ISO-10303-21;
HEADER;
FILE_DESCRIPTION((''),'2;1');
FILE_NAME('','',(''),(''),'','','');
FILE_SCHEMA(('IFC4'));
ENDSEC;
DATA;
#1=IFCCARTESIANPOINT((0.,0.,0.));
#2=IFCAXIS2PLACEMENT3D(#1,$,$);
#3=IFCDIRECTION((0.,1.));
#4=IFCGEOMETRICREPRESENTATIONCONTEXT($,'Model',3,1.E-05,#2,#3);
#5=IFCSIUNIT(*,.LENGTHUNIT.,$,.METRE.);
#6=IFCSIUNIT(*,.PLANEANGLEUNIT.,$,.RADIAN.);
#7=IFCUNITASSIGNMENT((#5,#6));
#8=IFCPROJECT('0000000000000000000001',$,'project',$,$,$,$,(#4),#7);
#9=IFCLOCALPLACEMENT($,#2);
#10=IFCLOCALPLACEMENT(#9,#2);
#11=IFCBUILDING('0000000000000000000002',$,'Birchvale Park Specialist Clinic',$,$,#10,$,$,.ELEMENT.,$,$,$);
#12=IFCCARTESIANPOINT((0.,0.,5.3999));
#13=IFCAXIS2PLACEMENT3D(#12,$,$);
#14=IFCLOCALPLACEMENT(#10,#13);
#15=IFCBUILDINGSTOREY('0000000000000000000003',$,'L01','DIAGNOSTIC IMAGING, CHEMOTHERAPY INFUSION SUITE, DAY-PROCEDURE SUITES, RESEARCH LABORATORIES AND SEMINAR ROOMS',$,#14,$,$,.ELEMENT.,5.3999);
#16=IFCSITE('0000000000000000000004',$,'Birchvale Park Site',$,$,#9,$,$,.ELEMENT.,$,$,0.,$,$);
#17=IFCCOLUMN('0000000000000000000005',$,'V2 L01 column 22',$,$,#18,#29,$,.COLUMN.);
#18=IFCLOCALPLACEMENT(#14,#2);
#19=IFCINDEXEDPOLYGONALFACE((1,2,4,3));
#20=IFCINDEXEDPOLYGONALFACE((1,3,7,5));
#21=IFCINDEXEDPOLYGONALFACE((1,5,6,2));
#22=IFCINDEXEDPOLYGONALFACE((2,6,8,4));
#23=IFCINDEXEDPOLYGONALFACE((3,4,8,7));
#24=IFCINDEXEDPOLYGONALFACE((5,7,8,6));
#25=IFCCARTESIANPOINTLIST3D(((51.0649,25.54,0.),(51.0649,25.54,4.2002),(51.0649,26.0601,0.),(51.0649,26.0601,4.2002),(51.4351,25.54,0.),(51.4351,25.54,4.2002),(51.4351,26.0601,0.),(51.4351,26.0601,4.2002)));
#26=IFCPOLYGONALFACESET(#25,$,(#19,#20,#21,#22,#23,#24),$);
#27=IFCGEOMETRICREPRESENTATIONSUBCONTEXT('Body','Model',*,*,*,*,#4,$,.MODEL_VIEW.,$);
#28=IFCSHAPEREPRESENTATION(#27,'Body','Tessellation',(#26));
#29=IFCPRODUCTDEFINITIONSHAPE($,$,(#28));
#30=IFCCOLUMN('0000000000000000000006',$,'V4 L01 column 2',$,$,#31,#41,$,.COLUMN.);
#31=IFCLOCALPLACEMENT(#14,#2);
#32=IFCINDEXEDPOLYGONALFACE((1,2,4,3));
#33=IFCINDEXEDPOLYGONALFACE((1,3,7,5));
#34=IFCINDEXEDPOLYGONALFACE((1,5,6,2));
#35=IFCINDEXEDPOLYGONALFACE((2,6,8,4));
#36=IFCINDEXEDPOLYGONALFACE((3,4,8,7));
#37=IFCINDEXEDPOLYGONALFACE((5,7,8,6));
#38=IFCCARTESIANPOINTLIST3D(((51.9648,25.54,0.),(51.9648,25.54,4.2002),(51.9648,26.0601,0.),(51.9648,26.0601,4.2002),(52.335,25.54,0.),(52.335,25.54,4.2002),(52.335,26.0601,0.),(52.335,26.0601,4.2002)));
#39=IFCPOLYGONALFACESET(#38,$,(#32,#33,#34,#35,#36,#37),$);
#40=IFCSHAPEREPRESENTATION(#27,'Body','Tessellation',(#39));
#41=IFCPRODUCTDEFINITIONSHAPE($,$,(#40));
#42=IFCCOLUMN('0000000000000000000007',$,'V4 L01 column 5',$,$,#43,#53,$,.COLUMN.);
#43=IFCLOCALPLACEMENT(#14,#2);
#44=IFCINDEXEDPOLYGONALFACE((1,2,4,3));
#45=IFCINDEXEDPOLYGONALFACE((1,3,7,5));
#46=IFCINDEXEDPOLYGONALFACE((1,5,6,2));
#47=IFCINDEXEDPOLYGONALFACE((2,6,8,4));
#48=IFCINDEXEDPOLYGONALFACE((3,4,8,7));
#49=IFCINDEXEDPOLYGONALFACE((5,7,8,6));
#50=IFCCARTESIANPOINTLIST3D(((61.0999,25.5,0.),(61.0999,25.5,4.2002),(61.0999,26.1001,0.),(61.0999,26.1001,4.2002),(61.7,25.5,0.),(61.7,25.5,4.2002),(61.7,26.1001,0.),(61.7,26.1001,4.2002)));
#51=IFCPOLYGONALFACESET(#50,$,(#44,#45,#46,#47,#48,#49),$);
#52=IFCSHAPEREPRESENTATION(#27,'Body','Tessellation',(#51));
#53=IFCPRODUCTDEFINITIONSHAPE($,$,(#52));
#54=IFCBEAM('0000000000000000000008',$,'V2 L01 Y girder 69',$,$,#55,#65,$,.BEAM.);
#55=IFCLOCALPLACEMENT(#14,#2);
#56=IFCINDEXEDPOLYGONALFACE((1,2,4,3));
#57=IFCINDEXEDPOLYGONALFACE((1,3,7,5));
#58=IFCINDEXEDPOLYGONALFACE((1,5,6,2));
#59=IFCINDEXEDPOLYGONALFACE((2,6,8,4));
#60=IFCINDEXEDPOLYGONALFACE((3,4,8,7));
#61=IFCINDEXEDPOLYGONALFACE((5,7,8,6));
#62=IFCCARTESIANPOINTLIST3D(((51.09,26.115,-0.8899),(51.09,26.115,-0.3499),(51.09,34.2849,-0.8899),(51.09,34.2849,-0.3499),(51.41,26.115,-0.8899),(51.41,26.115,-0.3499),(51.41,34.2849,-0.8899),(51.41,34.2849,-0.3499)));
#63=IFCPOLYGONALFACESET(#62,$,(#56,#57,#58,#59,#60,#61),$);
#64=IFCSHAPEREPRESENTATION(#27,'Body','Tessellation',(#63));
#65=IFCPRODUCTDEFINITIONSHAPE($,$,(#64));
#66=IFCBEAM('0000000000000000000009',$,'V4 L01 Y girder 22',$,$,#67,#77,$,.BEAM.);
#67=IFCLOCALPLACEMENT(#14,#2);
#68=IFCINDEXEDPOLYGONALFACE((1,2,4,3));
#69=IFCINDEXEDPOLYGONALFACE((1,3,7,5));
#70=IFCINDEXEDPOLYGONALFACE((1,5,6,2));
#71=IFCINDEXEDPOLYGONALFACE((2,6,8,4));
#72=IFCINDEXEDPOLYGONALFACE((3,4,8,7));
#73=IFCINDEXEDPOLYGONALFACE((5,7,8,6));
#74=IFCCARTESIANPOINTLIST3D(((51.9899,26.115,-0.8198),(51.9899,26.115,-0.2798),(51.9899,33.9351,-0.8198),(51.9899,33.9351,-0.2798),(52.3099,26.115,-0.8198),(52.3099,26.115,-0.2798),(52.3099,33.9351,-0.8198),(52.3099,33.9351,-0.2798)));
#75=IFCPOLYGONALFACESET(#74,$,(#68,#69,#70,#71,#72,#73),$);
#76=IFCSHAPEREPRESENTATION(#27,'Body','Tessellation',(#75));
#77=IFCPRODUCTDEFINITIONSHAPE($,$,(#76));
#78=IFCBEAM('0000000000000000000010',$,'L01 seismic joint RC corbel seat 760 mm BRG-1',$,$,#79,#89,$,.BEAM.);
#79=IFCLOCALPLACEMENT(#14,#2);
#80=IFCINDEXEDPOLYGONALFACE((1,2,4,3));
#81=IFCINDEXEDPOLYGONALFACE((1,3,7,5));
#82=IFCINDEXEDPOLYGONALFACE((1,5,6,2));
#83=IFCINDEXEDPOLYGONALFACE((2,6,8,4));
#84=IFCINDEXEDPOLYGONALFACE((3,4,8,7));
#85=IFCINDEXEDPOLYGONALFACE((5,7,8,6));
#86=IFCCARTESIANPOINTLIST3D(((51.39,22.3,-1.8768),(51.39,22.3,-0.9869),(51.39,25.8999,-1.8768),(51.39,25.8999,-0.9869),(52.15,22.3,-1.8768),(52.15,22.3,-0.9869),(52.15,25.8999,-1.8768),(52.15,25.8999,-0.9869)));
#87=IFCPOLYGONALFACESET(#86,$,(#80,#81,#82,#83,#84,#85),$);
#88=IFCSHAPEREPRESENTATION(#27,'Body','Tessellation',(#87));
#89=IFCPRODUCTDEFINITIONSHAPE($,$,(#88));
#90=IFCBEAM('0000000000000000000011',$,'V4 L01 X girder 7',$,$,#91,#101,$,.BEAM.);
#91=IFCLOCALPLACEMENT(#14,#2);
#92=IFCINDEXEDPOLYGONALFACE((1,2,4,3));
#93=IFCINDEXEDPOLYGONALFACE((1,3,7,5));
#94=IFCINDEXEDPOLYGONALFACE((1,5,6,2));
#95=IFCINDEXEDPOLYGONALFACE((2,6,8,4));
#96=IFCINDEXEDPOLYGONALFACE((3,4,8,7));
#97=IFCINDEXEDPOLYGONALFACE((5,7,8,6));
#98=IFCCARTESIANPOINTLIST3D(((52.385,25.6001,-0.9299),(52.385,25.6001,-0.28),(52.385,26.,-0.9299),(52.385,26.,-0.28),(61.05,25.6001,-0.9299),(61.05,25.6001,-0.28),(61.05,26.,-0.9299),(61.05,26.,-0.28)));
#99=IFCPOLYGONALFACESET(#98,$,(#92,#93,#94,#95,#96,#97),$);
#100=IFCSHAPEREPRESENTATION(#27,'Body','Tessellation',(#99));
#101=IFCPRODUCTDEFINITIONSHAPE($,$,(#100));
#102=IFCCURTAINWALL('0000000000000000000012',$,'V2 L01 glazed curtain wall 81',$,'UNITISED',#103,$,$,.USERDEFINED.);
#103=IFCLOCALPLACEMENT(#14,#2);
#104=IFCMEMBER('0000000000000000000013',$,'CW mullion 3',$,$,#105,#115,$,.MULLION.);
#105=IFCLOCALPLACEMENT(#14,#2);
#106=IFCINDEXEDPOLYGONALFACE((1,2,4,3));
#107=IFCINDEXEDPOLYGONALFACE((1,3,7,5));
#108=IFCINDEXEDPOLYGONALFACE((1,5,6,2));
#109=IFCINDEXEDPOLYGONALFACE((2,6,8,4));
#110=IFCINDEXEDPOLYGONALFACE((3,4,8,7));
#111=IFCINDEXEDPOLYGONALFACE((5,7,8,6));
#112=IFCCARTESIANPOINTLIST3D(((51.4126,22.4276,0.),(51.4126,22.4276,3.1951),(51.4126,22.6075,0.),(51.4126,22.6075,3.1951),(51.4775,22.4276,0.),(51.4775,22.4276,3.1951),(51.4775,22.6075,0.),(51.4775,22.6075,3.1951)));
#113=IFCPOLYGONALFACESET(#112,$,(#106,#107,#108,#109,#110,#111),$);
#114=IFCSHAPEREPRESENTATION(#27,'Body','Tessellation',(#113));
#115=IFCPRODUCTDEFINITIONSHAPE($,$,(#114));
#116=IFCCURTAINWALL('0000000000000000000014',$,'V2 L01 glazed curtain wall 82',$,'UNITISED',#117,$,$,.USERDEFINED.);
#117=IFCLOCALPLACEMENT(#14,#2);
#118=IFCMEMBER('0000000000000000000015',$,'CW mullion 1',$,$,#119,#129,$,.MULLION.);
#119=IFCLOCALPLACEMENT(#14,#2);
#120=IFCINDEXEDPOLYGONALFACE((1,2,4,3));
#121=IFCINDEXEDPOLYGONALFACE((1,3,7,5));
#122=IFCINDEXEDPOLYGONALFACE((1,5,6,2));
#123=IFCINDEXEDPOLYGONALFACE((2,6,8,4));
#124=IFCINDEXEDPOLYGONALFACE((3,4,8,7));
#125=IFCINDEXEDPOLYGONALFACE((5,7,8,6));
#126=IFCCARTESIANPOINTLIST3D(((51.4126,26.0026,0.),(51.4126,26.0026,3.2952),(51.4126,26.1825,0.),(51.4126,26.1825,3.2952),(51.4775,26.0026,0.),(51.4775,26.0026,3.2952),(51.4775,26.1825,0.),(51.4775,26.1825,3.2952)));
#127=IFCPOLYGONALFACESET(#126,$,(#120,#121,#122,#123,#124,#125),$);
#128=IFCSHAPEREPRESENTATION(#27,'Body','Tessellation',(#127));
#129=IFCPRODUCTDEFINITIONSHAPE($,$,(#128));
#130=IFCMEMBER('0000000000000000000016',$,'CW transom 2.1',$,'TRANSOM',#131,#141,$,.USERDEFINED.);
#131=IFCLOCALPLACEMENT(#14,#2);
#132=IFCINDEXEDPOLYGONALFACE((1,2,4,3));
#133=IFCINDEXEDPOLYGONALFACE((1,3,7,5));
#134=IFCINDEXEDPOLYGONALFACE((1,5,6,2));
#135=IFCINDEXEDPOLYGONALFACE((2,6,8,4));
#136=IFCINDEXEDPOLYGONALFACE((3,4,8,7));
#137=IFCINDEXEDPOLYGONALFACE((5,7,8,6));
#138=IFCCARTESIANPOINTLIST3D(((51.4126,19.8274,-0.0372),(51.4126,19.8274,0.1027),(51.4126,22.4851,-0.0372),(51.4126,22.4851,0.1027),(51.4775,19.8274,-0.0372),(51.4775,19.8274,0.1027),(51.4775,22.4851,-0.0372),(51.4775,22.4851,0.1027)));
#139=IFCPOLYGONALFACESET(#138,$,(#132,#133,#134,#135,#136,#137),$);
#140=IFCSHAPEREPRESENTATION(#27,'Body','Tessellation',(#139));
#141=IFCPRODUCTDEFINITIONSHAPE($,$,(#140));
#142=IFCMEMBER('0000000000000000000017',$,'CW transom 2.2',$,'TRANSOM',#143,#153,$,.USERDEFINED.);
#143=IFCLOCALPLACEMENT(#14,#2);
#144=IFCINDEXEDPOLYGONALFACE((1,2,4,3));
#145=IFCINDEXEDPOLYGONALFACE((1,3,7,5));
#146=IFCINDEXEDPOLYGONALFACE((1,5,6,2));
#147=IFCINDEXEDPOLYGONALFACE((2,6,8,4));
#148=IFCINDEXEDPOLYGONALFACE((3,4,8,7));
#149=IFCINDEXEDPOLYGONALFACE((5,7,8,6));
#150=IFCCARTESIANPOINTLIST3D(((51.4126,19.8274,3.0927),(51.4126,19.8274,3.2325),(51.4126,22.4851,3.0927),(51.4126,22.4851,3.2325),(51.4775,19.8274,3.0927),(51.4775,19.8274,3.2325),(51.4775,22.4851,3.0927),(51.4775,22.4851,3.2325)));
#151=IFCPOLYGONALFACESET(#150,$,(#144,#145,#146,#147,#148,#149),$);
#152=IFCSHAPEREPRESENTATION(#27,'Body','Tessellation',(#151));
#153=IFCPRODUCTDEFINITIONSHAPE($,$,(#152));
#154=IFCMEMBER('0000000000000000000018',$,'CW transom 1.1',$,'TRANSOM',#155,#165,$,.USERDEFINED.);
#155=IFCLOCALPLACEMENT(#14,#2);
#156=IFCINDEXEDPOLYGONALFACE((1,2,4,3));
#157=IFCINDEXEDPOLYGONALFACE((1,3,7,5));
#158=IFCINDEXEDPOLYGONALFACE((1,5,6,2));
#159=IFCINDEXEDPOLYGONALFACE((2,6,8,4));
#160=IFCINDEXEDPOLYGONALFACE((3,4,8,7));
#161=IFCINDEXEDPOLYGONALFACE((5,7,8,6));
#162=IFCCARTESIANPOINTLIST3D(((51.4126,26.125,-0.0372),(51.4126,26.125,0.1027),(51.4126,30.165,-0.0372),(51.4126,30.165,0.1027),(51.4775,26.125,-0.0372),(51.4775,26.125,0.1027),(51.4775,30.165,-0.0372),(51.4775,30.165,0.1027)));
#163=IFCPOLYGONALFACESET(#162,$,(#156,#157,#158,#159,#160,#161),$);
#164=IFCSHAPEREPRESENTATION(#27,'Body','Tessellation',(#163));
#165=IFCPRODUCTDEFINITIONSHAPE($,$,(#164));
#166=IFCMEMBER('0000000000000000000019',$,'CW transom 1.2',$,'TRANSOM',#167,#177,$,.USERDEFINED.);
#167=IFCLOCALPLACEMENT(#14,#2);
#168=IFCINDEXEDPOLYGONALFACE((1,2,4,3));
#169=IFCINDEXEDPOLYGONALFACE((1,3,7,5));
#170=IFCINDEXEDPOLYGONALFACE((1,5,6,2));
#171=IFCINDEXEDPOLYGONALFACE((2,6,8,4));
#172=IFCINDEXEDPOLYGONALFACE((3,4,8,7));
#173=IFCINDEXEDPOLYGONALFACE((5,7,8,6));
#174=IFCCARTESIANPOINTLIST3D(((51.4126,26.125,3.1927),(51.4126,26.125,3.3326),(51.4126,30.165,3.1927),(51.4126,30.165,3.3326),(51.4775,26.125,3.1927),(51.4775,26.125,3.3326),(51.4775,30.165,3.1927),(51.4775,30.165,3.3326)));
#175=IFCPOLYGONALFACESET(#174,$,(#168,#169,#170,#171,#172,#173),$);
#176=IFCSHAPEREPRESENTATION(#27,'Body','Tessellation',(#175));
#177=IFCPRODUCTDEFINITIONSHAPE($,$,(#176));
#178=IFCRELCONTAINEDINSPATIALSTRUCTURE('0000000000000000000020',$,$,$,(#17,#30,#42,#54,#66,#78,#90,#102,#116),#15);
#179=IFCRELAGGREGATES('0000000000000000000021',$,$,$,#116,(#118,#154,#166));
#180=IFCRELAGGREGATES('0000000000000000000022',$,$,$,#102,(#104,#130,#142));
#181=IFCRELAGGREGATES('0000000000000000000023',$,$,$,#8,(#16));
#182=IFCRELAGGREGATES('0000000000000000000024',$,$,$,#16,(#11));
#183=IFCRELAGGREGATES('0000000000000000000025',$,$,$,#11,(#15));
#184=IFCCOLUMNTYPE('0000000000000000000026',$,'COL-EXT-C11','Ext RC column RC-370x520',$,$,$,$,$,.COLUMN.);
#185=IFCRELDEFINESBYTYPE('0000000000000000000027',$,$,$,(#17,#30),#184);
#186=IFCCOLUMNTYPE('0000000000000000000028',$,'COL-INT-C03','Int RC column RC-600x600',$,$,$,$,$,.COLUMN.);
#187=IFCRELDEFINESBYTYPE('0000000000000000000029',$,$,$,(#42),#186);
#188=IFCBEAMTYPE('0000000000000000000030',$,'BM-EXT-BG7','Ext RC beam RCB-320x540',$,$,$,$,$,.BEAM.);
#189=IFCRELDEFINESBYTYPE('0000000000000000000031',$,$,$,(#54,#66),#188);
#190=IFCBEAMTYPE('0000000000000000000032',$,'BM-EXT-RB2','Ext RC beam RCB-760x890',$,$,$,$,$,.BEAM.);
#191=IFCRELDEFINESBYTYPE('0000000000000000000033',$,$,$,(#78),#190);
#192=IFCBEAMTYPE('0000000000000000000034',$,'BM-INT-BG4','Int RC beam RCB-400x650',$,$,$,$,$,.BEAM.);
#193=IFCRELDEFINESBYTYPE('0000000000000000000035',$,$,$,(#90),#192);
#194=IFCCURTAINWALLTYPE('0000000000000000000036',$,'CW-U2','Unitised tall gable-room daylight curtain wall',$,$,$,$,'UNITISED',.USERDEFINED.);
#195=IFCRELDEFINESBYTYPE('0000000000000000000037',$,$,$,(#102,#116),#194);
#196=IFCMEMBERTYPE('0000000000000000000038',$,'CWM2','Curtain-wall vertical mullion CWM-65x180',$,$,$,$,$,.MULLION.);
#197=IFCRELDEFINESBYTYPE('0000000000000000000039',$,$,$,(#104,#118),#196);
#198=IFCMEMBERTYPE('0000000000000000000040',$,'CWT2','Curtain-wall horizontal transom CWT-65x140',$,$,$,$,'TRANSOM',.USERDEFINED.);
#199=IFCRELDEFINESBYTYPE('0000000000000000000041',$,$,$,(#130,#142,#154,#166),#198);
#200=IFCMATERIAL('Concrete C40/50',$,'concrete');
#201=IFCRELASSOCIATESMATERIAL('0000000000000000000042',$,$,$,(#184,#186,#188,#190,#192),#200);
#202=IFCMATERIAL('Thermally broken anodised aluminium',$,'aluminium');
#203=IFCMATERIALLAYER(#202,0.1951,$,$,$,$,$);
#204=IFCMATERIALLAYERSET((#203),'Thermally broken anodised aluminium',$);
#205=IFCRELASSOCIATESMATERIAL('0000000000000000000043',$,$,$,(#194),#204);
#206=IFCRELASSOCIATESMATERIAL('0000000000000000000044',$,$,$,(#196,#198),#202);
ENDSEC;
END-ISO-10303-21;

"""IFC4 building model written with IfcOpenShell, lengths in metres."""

from ifc_helpers import new_model, si_unit, direction, frame, origin, origin_2d, place, context, subcontext, project, spatial, rectangle, extrude, material, layer, layer_set, material_profile, profile_set, type_object, element, aggregate, save


model = new_model("IFC4")

# Units and contexts
model_context = context("Model", 3, precision=1e-05, world=origin(), true_north=direction((0.0, 1.0)))
body_context = subcontext(model_context, "Body", "Model", "MODEL_VIEW")
ifc_project = project(units=[si_unit("LENGTHUNIT", "METRE"), si_unit("PLANEANGLEUNIT", "RADIAN")], contexts=[model_context])

# Site, building, storey
site_placement = place(None, origin())
site = spatial("IfcSite", under=ifc_project, at=site_placement, Name="Birchvale Park Site", CompositionType="ELEMENT", RefElevation=0.0)
building_placement = place(site_placement, origin())
building = spatial("IfcBuilding", under=site, at=building_placement, Name="Birchvale Park Specialist Clinic", CompositionType="ELEMENT")
storey_placement = place(building_placement, frame((0.0, 0.0, 5.3999)))
storey = spatial("IfcBuildingStorey", under=building, at=storey_placement, Name="L01", Description="DIAGNOSTIC IMAGING, CHEMOTHERAPY INFUSION SUITE, DAY-PROCEDURE SUITES, RESEARCH LABORATORIES AND SEMINAR ROOMS", CompositionType="ELEMENT", Elevation=5.3999)

# Columns
ifc_material_1 = material(Name="Concrete C40/50", Category="concrete")
ifc_material_profile_1 = material_profile(ifc_material_1, rectangle(XDim=0.3701, YDim=0.52, at=origin_2d()), Name="RC-370x520")
ifc_profile_set_1 = profile_set([ifc_material_profile_1], Name="Concrete C40/50")
column_type_1 = type_object("IfcColumnType", Name="COL-EXT-C11", Description="Ext RC column RC-370x520", PredefinedType="COLUMN", material=ifc_profile_set_1)
for number, where, z_axis, x_axis, name in (
    (1, (51.25, 25.8, 0.0), (0.0, 0.0, 1.0), (1.0, 0.0, 0.0), "V2 L01 column 22"),
    (2, (52.1499, 25.8, 0.0), (0.0, 0.0, 1.0), (1.0, 0.0, 0.0), "V4 L01 column 2"),
):
    element("IfcColumn", number, at=place(storey_placement, frame(where, z_axis=z_axis, x_axis=x_axis)), inside=storey, type_object=column_type_1, Name=name, PredefinedType="COLUMN", context=body_context, shape_type="SweptSolid", body=[
        extrude(rectangle(XDim=0.3701, YDim=0.52, at=origin_2d()), origin(), (0.0, 0.0, 1.0), 4.2002),
    ])
ifc_material_profile_2 = material_profile(ifc_material_1, rectangle(XDim=0.6001, YDim=0.6001, at=origin_2d()), Name="RC-600x600")
ifc_profile_set_2 = profile_set([ifc_material_profile_2], Name="Concrete C40/50")
column_type_2 = type_object("IfcColumnType", Name="COL-INT-C03", Description="Int RC column RC-600x600", PredefinedType="COLUMN", material=ifc_profile_set_2)
column_placement = place(storey_placement, frame((61.3999, 25.8, 0.0), z_axis=(0.0, 0.0, 1.0), x_axis=(1.0, 0.0, 0.0)))
element("IfcColumn", 3, at=column_placement, inside=storey, type_object=column_type_2, Name="V4 L01 column 5", PredefinedType="COLUMN", context=body_context, shape_type="SweptSolid", body=[
    extrude(rectangle(XDim=0.6001, YDim=0.6001, at=origin_2d()), origin(), (0.0, 0.0, 1.0), 4.2002),
])

# Beams
ifc_material_profile_3 = material_profile(ifc_material_1, rectangle(XDim=0.3201, YDim=0.54, at=origin_2d()), Name="RCB-320x540")
ifc_profile_set_3 = profile_set([ifc_material_profile_3], Name="Concrete C40/50")
beam_type_1 = type_object("IfcBeamType", Name="BM-EXT-BG7", Description="Ext RC beam RCB-320x540", PredefinedType="BEAM", material=ifc_profile_set_3)
beam_1_placement = place(storey_placement, frame((51.25, 26.115, -0.6199), z_axis=(0.0, 1.0, 0.0), x_axis=(-1.0, 0.0, 0.0)))
element("IfcBeam", 4, at=beam_1_placement, inside=storey, type_object=beam_type_1, Name="V2 L01 Y girder 69", PredefinedType="BEAM", context=body_context, shape_type="SweptSolid", body=[
    extrude(rectangle(XDim=0.3201, YDim=0.54, at=origin_2d()), origin(), (0.0, 0.0, 1.0), 8.1699),
])
beam_2_placement = place(storey_placement, frame((52.1499, 26.115, -0.5498), z_axis=(0.0, 1.0, 0.0), x_axis=(-1.0, 0.0, 0.0)))
element("IfcBeam", 5, at=beam_2_placement, inside=storey, type_object=beam_type_1, Name="V4 L01 Y girder 22", PredefinedType="BEAM", context=body_context, shape_type="SweptSolid", body=[
    extrude(rectangle(XDim=0.3201, YDim=0.54, at=origin_2d()), origin(), (0.0, 0.0, 1.0), 7.8201),
])
ifc_material_profile_4 = material_profile(ifc_material_1, rectangle(XDim=0.76, YDim=0.8899, at=origin_2d()), Name="RCB-760x890")
ifc_profile_set_4 = profile_set([ifc_material_profile_4], Name="Concrete C40/50")
beam_type_2 = type_object("IfcBeamType", Name="BM-EXT-RB2", Description="Ext RC beam RCB-760x890", PredefinedType="BEAM", material=ifc_profile_set_4)
beam_3_placement = place(storey_placement, frame((51.77, 22.3, -1.4319), z_axis=(0.0, 1.0, 0.0), x_axis=(-1.0, 0.0, 0.0)))
element("IfcBeam", 6, at=beam_3_placement, inside=storey, type_object=beam_type_2, Name="L01 seismic joint RC corbel seat 760 mm BRG-1", PredefinedType="BEAM", context=body_context, shape_type="SweptSolid", body=[
    extrude(rectangle(XDim=0.76, YDim=0.8899, at=origin_2d()), origin(), (0.0, 0.0, 1.0), 3.5999),
])
ifc_material_profile_5 = material_profile(ifc_material_1, rectangle(XDim=0.3999, YDim=0.6499, at=origin_2d()), Name="RCB-400x650")
ifc_profile_set_5 = profile_set([ifc_material_profile_5], Name="Concrete C40/50")
beam_type_3 = type_object("IfcBeamType", Name="BM-INT-BG4", Description="Int RC beam RCB-400x650", PredefinedType="BEAM", material=ifc_profile_set_5)
beam_4_placement = place(storey_placement, frame((52.385, 25.8, -0.605), z_axis=(1.0, 0.0, 0.0), x_axis=(0.0, 1.0, 0.0)))
element("IfcBeam", 7, at=beam_4_placement, inside=storey, type_object=beam_type_3, Name="V4 L01 X girder 7", PredefinedType="BEAM", context=body_context, shape_type="SweptSolid", body=[
    extrude(rectangle(XDim=0.3999, YDim=0.6499, at=origin_2d()), origin(), (0.0, 0.0, 1.0), 8.665),
])

# Curtain walls, members
ifc_material_2 = material(Name="Thermally broken anodised aluminium", Category="aluminium")
ifc_layer_1 = layer(ifc_material_2, 0.1951)
ifc_layer_set_1 = layer_set([ifc_layer_1], Name="Thermally broken anodised aluminium")
curtain_wall_type = type_object("IfcCurtainWallType", Name="CW-U2", Description="Unitised tall gable-room daylight curtain wall", ElementType="UNITISED", PredefinedType="USERDEFINED", material=ifc_layer_set_1)
curtain_wall_1_placement = place(storey_placement, origin())
curtain_wall_1 = element("IfcCurtainWall", 8, at=curtain_wall_1_placement, inside=storey, type_object=curtain_wall_type, Name="V2 L01 glazed curtain wall 81", ObjectType="UNITISED", PredefinedType="USERDEFINED")
ifc_material_profile_6 = material_profile(ifc_material_2, rectangle(XDim=0.0649, YDim=0.1799, at=origin_2d()), Name="CWM-65x180")
ifc_profile_set_6 = profile_set([ifc_material_profile_6], Name="Thermally broken anodised aluminium")
member_type_1 = type_object("IfcMemberType", Name="CWM2", Description="Curtain-wall vertical mullion CWM-65x180", PredefinedType="MULLION", material=ifc_profile_set_6)
member_1_placement = place(storey_placement, frame((51.4451, 22.5176, 0.0), z_axis=(0.0, 0.0, 1.0), x_axis=(-1.0, 0.0, 0.0)))
member_1 = element("IfcMember", 9, at=member_1_placement, type_object=member_type_1, Name="CW mullion 3", PredefinedType="MULLION", context=body_context, shape_type="SweptSolid", body=[
    extrude(rectangle(XDim=0.0649, YDim=0.1799, at=origin_2d()), origin(), (0.0, 0.0, 1.0), 3.1951),
])
curtain_wall_2_placement = place(storey_placement, origin())
curtain_wall_2 = element("IfcCurtainWall", 10, at=curtain_wall_2_placement, inside=storey, type_object=curtain_wall_type, Name="V2 L01 glazed curtain wall 82", ObjectType="UNITISED", PredefinedType="USERDEFINED")
member_2_placement = place(storey_placement, frame((51.4451, 26.0925, 0.0), z_axis=(0.0, 0.0, 1.0), x_axis=(-1.0, 0.0, 0.0)))
member_2 = element("IfcMember", 11, at=member_2_placement, type_object=member_type_1, Name="CW mullion 1", PredefinedType="MULLION", context=body_context, shape_type="SweptSolid", body=[
    extrude(rectangle(XDim=0.0649, YDim=0.1799, at=origin_2d()), origin(), (0.0, 0.0, 1.0), 3.2952),
])

# Members
ifc_material_profile_7 = material_profile(ifc_material_2, rectangle(XDim=0.0649, YDim=0.1399, at=origin_2d()), Name="CWT-65x140")
ifc_profile_set_7 = profile_set([ifc_material_profile_7], Name="Thermally broken anodised aluminium")
member_type_2 = type_object("IfcMemberType", Name="CWT2", Description="Curtain-wall horizontal transom CWT-65x140", ElementType="TRANSOM", PredefinedType="USERDEFINED", material=ifc_profile_set_7)
member_3_placement = place(storey_placement, frame((51.4451, 19.8274, 0.0327), z_axis=(0.0, 1.0, 0.0), x_axis=(-1.0, 0.0, 0.0)))
member_3 = element("IfcMember", 12, at=member_3_placement, type_object=member_type_2, Name="CW transom 2.1", ObjectType="TRANSOM", PredefinedType="USERDEFINED", context=body_context, shape_type="SweptSolid", body=[
    extrude(rectangle(XDim=0.0649, YDim=0.1399, at=origin_2d()), origin(), (0.0, 0.0, 1.0), 2.6577),
])
member_4_placement = place(storey_placement, frame((51.4451, 19.8274, 3.1626), z_axis=(0.0, 1.0, 0.0), x_axis=(-1.0, 0.0, 0.0)))
member_4 = element("IfcMember", 13, at=member_4_placement, type_object=member_type_2, Name="CW transom 2.2", ObjectType="TRANSOM", PredefinedType="USERDEFINED", context=body_context, shape_type="SweptSolid", body=[
    extrude(rectangle(XDim=0.0649, YDim=0.1399, at=origin_2d()), origin(), (0.0, 0.0, 1.0), 2.6577),
])
member_5_placement = place(storey_placement, frame((51.4451, 26.125, 0.0327), z_axis=(0.0, 1.0, 0.0), x_axis=(-1.0, 0.0, 0.0)))
member_5 = element("IfcMember", 14, at=member_5_placement, type_object=member_type_2, Name="CW transom 1.1", ObjectType="TRANSOM", PredefinedType="USERDEFINED", context=body_context, shape_type="SweptSolid", body=[
    extrude(rectangle(XDim=0.0649, YDim=0.1399, at=origin_2d()), origin(), (0.0, 0.0, 1.0), 4.04),
])
member_6_placement = place(storey_placement, frame((51.4451, 26.125, 3.2627), z_axis=(0.0, 1.0, 0.0), x_axis=(-1.0, 0.0, 0.0)))
member_6 = element("IfcMember", 15, at=member_6_placement, type_object=member_type_2, Name="CW transom 1.2", ObjectType="TRANSOM", PredefinedType="USERDEFINED", context=body_context, shape_type="SweptSolid", body=[
    extrude(rectangle(XDim=0.0649, YDim=0.1399, at=origin_2d()), origin(), (0.0, 0.0, 1.0), 4.04),
])
aggregate(curtain_wall_2, [member_2, member_5, member_6])

aggregate(curtain_wall_1, [member_1, member_3, member_4])

save(model, "model.ifc")
